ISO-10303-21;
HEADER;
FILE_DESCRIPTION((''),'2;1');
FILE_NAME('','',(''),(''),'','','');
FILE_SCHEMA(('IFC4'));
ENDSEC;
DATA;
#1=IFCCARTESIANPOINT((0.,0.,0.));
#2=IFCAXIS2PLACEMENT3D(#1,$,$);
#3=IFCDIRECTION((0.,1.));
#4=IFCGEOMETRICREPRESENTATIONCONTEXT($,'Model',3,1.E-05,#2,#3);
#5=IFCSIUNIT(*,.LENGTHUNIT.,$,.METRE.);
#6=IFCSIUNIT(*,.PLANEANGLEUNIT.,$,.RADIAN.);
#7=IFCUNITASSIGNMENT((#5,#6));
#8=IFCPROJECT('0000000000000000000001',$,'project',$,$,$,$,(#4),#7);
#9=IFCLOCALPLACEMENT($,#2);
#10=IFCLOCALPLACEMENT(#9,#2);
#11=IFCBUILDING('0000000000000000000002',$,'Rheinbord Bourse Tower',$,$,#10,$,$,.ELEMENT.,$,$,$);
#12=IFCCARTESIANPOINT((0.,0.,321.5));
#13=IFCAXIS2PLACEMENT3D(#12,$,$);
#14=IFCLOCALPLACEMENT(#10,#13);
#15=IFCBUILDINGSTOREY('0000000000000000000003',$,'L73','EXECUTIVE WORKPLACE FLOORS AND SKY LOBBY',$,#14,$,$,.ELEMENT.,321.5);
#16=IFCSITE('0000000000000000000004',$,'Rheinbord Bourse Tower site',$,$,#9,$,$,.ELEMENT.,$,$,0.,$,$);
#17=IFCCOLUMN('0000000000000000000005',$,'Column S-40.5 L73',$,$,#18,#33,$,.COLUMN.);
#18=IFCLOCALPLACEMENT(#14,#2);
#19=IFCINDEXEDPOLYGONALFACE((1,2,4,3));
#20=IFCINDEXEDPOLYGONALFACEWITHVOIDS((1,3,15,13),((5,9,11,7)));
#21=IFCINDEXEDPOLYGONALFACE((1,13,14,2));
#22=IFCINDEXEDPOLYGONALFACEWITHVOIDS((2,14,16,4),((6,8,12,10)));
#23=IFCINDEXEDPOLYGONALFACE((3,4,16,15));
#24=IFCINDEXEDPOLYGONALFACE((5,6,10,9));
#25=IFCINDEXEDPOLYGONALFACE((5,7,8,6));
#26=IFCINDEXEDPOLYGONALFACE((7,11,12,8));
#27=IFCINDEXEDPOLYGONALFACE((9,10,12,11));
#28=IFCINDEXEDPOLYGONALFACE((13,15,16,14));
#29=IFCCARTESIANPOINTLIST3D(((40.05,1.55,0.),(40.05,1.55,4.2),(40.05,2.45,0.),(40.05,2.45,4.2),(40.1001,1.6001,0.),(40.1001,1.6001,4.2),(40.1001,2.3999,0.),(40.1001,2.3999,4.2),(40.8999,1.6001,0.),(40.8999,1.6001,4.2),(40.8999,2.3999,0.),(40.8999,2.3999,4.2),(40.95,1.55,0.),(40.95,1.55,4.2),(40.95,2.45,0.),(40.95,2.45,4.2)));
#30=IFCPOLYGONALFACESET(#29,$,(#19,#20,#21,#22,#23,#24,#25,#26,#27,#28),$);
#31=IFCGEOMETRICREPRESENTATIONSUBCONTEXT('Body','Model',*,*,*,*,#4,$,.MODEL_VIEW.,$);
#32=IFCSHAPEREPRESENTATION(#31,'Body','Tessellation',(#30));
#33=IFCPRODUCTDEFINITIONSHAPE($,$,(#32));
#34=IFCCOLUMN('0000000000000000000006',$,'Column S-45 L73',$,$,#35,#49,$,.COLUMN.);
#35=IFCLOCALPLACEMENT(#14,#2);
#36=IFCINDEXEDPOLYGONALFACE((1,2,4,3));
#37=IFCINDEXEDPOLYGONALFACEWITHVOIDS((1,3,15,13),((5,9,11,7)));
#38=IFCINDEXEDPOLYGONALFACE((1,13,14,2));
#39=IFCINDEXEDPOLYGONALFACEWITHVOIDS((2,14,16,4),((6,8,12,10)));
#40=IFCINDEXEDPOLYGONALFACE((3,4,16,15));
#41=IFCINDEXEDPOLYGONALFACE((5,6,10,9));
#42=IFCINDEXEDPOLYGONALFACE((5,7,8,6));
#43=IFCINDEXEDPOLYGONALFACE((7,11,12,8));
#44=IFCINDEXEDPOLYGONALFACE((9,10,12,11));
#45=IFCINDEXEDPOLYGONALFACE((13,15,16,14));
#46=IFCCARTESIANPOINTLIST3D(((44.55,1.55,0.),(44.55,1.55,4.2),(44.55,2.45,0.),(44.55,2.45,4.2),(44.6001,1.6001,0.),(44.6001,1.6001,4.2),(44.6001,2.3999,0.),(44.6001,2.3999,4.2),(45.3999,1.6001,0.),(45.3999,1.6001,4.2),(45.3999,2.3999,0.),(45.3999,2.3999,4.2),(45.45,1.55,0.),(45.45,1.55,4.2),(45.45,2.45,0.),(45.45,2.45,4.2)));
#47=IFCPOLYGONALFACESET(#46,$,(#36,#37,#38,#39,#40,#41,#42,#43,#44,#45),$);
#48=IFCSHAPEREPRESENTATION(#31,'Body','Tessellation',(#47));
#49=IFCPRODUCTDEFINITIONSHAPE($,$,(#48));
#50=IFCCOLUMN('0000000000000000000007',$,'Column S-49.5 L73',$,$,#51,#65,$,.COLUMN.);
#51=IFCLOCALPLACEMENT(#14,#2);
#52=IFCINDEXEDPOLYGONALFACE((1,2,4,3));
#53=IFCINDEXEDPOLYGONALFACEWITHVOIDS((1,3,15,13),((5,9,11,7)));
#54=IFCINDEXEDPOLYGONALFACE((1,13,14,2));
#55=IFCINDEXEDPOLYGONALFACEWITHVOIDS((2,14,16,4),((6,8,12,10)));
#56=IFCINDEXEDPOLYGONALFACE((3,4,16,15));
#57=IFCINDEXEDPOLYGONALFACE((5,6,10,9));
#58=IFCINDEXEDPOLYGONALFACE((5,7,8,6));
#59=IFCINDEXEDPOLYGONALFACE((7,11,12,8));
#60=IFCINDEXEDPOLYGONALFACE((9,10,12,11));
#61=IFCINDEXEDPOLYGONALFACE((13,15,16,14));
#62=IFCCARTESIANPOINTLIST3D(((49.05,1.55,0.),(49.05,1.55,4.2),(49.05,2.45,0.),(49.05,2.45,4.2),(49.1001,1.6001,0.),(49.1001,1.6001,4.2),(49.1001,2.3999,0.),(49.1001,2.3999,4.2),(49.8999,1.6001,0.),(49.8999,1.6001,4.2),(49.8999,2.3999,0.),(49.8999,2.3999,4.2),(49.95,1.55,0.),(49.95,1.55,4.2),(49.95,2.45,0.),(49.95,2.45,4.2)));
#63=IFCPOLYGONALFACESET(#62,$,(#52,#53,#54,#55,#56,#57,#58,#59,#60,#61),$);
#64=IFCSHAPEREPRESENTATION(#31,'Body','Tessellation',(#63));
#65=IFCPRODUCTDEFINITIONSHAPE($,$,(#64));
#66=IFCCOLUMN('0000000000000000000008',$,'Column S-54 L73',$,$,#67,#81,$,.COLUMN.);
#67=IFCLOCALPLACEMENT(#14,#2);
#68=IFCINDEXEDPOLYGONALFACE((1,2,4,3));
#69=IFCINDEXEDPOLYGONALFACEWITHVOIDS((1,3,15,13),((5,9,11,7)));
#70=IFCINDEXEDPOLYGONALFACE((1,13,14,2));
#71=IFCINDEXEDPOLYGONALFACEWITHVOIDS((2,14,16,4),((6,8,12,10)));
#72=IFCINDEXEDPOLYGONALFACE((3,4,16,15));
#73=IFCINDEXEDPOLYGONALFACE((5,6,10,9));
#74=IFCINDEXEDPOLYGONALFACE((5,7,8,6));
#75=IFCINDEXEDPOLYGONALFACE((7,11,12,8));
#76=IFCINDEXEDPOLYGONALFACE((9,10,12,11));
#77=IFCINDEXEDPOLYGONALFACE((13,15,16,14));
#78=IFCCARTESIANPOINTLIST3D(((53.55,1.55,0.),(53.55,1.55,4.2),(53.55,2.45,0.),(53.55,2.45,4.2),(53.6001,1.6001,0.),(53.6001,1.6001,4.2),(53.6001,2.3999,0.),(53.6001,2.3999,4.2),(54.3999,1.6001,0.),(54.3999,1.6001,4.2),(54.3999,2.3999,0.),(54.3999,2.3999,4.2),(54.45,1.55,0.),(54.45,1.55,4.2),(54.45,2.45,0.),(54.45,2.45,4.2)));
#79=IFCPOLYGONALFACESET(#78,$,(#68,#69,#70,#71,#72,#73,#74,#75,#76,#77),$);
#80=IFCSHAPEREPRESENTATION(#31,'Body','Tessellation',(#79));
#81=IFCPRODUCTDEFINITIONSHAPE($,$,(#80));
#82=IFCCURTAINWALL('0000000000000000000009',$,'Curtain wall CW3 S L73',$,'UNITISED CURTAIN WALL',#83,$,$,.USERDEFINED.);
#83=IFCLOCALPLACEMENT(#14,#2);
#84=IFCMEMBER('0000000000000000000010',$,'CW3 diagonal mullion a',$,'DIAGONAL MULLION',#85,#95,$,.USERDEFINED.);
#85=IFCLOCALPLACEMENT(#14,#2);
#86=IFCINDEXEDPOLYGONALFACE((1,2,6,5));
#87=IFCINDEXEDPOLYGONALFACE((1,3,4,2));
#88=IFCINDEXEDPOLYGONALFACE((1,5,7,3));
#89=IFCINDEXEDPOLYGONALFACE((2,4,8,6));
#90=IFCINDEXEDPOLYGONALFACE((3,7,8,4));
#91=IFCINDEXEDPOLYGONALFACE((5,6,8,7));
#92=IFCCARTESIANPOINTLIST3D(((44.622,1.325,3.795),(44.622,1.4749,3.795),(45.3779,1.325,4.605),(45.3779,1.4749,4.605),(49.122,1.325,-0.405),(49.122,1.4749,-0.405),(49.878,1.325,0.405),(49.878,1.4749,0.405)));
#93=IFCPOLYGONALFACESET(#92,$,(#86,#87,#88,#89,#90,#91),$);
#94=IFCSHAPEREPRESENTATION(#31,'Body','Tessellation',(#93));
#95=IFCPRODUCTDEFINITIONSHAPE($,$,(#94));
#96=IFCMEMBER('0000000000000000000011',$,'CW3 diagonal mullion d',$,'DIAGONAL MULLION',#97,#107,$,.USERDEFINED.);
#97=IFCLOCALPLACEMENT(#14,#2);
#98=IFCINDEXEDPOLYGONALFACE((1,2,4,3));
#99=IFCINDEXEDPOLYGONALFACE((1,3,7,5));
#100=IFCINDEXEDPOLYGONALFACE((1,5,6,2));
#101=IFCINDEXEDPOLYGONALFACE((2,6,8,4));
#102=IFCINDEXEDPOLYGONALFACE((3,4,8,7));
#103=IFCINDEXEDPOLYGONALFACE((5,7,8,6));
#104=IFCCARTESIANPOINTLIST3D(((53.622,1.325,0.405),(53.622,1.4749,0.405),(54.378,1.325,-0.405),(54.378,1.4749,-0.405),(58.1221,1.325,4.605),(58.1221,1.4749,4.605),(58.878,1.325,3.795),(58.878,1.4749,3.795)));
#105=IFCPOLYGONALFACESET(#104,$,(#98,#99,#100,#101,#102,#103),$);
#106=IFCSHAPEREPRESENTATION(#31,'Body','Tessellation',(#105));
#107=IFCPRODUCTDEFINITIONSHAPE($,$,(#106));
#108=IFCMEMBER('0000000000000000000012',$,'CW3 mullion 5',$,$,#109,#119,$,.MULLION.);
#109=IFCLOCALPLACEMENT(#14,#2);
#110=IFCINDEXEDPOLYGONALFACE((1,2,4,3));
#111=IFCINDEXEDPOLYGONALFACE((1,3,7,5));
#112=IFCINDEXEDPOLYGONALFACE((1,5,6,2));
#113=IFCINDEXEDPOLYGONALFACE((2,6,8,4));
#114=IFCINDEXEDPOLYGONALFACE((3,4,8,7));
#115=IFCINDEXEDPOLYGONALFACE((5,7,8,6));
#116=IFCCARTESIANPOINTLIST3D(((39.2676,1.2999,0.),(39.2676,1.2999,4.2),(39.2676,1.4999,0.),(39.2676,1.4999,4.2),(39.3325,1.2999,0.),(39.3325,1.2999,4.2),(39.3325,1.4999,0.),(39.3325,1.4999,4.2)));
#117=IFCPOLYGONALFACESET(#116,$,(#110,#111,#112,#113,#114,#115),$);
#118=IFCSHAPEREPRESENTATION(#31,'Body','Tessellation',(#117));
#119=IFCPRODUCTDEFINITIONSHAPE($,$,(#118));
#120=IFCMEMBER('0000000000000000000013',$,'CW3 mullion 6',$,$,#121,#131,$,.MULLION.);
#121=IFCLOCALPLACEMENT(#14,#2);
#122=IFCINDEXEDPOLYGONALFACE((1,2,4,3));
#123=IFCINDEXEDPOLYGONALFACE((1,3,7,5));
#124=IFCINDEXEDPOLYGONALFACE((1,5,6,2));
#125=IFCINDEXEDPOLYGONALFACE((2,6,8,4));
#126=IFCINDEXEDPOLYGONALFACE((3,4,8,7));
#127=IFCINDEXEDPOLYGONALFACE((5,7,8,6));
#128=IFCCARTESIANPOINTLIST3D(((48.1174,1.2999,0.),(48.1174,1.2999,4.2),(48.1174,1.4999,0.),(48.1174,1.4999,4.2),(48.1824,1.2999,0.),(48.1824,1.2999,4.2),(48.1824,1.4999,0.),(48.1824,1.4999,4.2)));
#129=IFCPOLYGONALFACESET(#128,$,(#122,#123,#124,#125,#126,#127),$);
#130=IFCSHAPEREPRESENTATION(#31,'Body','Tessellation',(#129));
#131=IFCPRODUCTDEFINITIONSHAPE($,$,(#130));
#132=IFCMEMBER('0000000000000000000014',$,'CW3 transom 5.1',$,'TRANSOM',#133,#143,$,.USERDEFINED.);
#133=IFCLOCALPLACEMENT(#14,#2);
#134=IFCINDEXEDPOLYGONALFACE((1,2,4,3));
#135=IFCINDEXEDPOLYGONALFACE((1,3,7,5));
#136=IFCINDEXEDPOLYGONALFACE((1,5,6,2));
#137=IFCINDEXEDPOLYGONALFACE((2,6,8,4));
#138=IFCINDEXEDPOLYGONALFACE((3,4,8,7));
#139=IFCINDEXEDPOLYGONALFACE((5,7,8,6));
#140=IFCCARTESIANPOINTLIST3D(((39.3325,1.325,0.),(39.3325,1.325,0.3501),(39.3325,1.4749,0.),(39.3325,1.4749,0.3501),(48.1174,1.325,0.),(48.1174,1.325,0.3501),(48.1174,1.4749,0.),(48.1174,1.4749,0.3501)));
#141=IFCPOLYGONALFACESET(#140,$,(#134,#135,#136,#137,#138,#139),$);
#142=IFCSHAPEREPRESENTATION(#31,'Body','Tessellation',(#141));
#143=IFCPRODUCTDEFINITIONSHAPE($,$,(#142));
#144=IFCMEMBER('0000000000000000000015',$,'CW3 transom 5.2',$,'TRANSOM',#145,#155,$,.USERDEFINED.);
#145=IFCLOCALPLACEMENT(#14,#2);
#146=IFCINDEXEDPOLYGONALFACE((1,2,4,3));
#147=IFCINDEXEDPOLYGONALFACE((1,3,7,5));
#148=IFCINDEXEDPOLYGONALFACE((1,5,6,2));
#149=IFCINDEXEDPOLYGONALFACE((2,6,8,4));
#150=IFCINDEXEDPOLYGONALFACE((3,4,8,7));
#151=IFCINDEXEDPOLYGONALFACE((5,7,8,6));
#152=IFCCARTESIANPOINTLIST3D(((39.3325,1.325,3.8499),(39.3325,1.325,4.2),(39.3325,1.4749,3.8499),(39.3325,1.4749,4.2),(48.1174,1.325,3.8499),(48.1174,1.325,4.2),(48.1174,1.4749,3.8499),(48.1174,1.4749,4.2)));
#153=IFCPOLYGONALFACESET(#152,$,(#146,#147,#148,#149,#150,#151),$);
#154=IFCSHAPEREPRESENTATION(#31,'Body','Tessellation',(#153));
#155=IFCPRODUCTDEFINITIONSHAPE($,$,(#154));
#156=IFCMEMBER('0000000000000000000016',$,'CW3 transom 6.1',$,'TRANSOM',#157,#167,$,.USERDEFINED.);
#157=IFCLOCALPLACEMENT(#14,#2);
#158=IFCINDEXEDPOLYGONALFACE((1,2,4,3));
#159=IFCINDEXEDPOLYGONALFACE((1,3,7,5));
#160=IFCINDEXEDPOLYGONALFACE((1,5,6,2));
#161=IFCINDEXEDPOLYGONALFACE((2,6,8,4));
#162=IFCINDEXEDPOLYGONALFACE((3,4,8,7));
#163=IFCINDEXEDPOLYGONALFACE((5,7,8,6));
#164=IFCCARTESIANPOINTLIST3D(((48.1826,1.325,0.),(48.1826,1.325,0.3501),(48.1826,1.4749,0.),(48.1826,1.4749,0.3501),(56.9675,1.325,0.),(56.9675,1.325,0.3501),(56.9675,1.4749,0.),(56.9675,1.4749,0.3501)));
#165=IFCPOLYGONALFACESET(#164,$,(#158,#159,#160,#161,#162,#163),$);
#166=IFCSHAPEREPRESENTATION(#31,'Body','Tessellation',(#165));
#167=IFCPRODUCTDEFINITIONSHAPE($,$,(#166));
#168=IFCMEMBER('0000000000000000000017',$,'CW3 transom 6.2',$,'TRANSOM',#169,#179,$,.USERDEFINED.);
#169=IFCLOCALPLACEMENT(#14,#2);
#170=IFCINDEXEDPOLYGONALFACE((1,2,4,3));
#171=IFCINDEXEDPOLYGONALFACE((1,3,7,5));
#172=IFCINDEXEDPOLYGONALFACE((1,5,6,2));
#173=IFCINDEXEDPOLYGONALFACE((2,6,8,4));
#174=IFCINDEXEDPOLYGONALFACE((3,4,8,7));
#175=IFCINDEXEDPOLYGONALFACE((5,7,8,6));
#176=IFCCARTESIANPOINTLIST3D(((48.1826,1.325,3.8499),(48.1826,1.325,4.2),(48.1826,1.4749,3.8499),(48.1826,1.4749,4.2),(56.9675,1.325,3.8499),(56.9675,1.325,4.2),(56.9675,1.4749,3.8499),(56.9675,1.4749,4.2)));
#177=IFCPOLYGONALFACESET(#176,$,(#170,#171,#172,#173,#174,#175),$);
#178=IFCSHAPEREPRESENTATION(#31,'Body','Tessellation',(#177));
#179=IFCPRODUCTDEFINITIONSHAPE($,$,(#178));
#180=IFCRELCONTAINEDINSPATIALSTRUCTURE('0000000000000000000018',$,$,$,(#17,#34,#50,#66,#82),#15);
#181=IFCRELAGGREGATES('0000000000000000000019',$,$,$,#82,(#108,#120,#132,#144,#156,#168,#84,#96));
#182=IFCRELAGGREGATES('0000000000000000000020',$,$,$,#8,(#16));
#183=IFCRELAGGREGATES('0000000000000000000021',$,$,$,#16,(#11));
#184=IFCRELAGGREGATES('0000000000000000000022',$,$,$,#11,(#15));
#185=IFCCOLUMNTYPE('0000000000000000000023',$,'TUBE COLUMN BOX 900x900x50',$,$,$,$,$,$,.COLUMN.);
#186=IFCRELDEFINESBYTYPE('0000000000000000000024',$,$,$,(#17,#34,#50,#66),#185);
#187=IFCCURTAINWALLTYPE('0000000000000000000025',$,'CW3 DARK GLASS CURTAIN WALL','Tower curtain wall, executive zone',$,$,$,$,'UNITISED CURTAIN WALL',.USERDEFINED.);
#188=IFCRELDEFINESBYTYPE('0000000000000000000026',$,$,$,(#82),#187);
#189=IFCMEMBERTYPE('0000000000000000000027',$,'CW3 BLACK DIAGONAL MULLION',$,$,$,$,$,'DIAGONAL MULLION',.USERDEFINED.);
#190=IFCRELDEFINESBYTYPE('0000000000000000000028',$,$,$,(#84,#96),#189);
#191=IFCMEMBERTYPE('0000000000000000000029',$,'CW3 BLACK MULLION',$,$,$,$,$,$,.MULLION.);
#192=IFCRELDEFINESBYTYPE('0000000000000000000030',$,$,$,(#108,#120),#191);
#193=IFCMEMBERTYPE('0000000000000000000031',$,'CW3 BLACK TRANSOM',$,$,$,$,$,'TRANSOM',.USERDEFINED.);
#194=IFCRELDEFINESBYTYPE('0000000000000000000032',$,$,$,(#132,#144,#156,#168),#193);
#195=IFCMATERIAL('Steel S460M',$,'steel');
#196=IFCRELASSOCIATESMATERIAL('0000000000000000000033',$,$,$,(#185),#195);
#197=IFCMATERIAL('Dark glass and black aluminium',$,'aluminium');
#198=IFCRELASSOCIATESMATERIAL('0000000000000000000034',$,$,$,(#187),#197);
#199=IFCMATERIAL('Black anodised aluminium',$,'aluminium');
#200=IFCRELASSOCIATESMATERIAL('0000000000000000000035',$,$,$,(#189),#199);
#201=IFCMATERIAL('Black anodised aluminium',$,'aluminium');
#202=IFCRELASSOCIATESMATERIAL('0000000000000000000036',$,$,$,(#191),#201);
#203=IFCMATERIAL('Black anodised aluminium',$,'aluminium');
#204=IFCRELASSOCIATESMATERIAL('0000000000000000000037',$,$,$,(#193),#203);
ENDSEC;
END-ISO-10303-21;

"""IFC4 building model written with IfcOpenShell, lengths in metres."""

from ifc_helpers import new_model, si_unit, direction, frame, origin, origin_2d, place, context, subcontext, project, spatial, rectangle, hollow_rectangle, extrude, material, material_profile, profile_set, type_object, element, aggregate, save


model = new_model("IFC4")

# Units and contexts
model_context = context("Model", 3, precision=1e-05, world=origin(), true_north=direction((0.0, 1.0)))
body_context = subcontext(model_context, "Body", "Model", "MODEL_VIEW")
ifc_project = project(units=[si_unit("LENGTHUNIT", "METRE"), si_unit("PLANEANGLEUNIT", "RADIAN")], contexts=[model_context])

# Site, building, storey
site_placement = place(None, origin())
site = spatial("IfcSite", under=ifc_project, at=site_placement, Name="Rheinbord Bourse Tower site", CompositionType="ELEMENT", RefElevation=0.0)
building_placement = place(site_placement, origin())
building = spatial("IfcBuilding", under=site, at=building_placement, Name="Rheinbord Bourse Tower", CompositionType="ELEMENT")
storey_placement = place(building_placement, frame((0.0, 0.0, 321.5)))
storey = spatial("IfcBuildingStorey", under=building, at=storey_placement, Name="L73", Description="EXECUTIVE WORKPLACE FLOORS AND SKY LOBBY", CompositionType="ELEMENT", Elevation=321.5)

# Columns
ifc_material_1 = material(Name="Steel S460M", Category="steel")
ifc_material_profile_1 = material_profile(ifc_material_1, hollow_rectangle(XDim=0.8999, YDim=0.8999, WallThickness=0.05, at=origin_2d()), Name="BOX 900x900x50")
ifc_profile_set_1 = profile_set([ifc_material_profile_1], Name="Steel S460M")
column_type = type_object("IfcColumnType", Name="TUBE COLUMN BOX 900x900x50", PredefinedType="COLUMN", material=ifc_profile_set_1)
for number, where, z_axis, x_axis, name in (
    (1, (40.5, 2.0, 0.0), (0.0, 0.0, 1.0), (0.0, 1.0, 0.0), "Column S-40.5 L73"),
    (2, (45.0, 2.0, 0.0), (0.0, 0.0, 1.0), (0.0, 1.0, 0.0), "Column S-45 L73"),
    (3, (49.5, 2.0, 0.0), (0.0, 0.0, 1.0), (0.0, 1.0, 0.0), "Column S-49.5 L73"),
    (4, (54.0, 2.0, 0.0), (0.0, 0.0, 1.0), (0.0, 1.0, 0.0), "Column S-54 L73"),
):
    element("IfcColumn", number, at=place(storey_placement, frame(where, z_axis=z_axis, x_axis=x_axis)), inside=storey, type_object=column_type, Name=name, PredefinedType="COLUMN", context=body_context, shape_type="SweptSolid", body=[
        extrude(hollow_rectangle(XDim=0.8999, YDim=0.8999, WallThickness=0.05, at=origin_2d()), origin(), (0.0, 0.0, 1.0), 4.2),
    ])

# Curtain wall, members
ifc_material_2 = material(Name="Dark glass and black aluminium", Category="aluminium")
curtain_wall_type = type_object("IfcCurtainWallType", Name="CW3 DARK GLASS CURTAIN WALL", Description="Tower curtain wall, executive zone", ElementType="UNITISED CURTAIN WALL", PredefinedType="USERDEFINED", material=ifc_material_2)
curtain_wall_placement = place(storey_placement, origin())
curtain_wall = element("IfcCurtainWall", 5, at=curtain_wall_placement, inside=storey, type_object=curtain_wall_type, Name="Curtain wall CW3 S L73", ObjectType="UNITISED CURTAIN WALL", PredefinedType="USERDEFINED")
ifc_material_3 = material(Name="Black anodised aluminium", Category="aluminium")
ifc_material_profile_2 = material_profile(ifc_material_3, rectangle(XDim=0.1499, YDim=1.1079, at=origin_2d()), Name="CW3 DIAGONAL MULLION 1108x150")
ifc_profile_set_2 = profile_set([ifc_material_profile_2], Name="Black anodised aluminium")
member_type_1 = type_object("IfcMemberType", Name="CW3 BLACK DIAGONAL MULLION", ElementType="DIAGONAL MULLION", PredefinedType="USERDEFINED", material=ifc_profile_set_2)
member_1_placement = place(storey_placement, frame((49.5, 1.3999, 0.0), z_axis=(-0.731059, 0.0, 0.682314), x_axis=(0.0, -1.0, 0.0)))
member_1 = element("IfcMember", 6, at=member_1_placement, type_object=member_type_1, Name="CW3 diagonal mullion a", ObjectType="DIAGONAL MULLION", PredefinedType="USERDEFINED", context=body_context, shape_type="SweptSolid", body=[
    extrude(rectangle(XDim=0.1499, YDim=1.1079, at=origin_2d()), origin(), (0.0, 0.0, 1.0), 6.1555),
])
member_2_placement = place(storey_placement, frame((54.0, 1.3999, 0.0), z_axis=(0.731059, 0.0, 0.682314), x_axis=(0.0, 1.0, 0.0)))
member_2 = element("IfcMember", 7, at=member_2_placement, type_object=member_type_1, Name="CW3 diagonal mullion d", ObjectType="DIAGONAL MULLION", PredefinedType="USERDEFINED", context=body_context, shape_type="SweptSolid", body=[
    extrude(rectangle(XDim=0.1499, YDim=1.1079, at=origin_2d()), origin(), (0.0, 0.0, 1.0), 6.1555),
])
ifc_material_4 = material(Name="Black anodised aluminium", Category="aluminium")
ifc_material_profile_3 = material_profile(ifc_material_4, rectangle(XDim=0.2, YDim=0.0649, at=origin_2d()), Name="CW3 MULLION 65x200")
ifc_profile_set_3 = profile_set([ifc_material_profile_3], Name="Black anodised aluminium")
member_type_2 = type_object("IfcMemberType", Name="CW3 BLACK MULLION", PredefinedType="MULLION", material=ifc_profile_set_3)
member_3_placement = place(storey_placement, frame((39.3, 1.3999, 0.0), z_axis=(0.0, 0.0, 1.0), x_axis=(0.0, 1.0, 0.0)))
member_3 = element("IfcMember", 8, at=member_3_placement, type_object=member_type_2, Name="CW3 mullion 5", PredefinedType="MULLION", context=body_context, shape_type="SweptSolid", body=[
    extrude(rectangle(XDim=0.2, YDim=0.0649, at=origin_2d()), origin(), (0.0, 0.0, 1.0), 4.2),
])
member_4_placement = place(storey_placement, frame((48.1499, 1.3999, 0.0), z_axis=(0.0, 0.0, 1.0), x_axis=(0.0, 1.0, 0.0)))
member_4 = element("IfcMember", 9, at=member_4_placement, type_object=member_type_2, Name="CW3 mullion 6", PredefinedType="MULLION", context=body_context, shape_type="SweptSolid", body=[
    extrude(rectangle(XDim=0.2, YDim=0.0649, at=origin_2d()), origin(), (0.0, 0.0, 1.0), 4.2),
])
ifc_material_5 = material(Name="Black anodised aluminium", Category="aluminium")
ifc_material_profile_4 = material_profile(ifc_material_5, rectangle(XDim=0.1499, YDim=0.3501, at=origin_2d()), Name="CW3 TRANSOM 350x150")
ifc_profile_set_4 = profile_set([ifc_material_profile_4], Name="Black anodised aluminium")
member_type_3 = type_object("IfcMemberType", Name="CW3 BLACK TRANSOM", ElementType="TRANSOM", PredefinedType="USERDEFINED", material=ifc_profile_set_4)
member_5_placement = place(storey_placement, frame((39.3325, 1.3999, 0.175), z_axis=(1.0, 0.0, 0.0), x_axis=(0.0, 1.0, 0.0)))
member_5 = element("IfcMember", 10, at=member_5_placement, type_object=member_type_3, Name="CW3 transom 5.1", ObjectType="TRANSOM", PredefinedType="USERDEFINED", context=body_context, shape_type="SweptSolid", body=[
    extrude(rectangle(XDim=0.1499, YDim=0.3501, at=origin_2d()), origin(), (0.0, 0.0, 1.0), 8.7849),
])
member_6_placement = place(storey_placement, frame((39.3325, 1.3999, 4.0249), z_axis=(1.0, 0.0, 0.0), x_axis=(0.0, 1.0, 0.0)))
member_6 = element("IfcMember", 11, at=member_6_placement, type_object=member_type_3, Name="CW3 transom 5.2", ObjectType="TRANSOM", PredefinedType="USERDEFINED", context=body_context, shape_type="SweptSolid", body=[
    extrude(rectangle(XDim=0.1499, YDim=0.3501, at=origin_2d()), origin(), (0.0, 0.0, 1.0), 8.7849),
])
member_7_placement = place(storey_placement, frame((48.1826, 1.3999, 0.175), z_axis=(1.0, 0.0, 0.0), x_axis=(0.0, 1.0, 0.0)))
member_7 = element("IfcMember", 12, at=member_7_placement, type_object=member_type_3, Name="CW3 transom 6.1", ObjectType="TRANSOM", PredefinedType="USERDEFINED", context=body_context, shape_type="SweptSolid", body=[
    extrude(rectangle(XDim=0.1499, YDim=0.3501, at=origin_2d()), origin(), (0.0, 0.0, 1.0), 8.7849),
])
member_8_placement = place(storey_placement, frame((48.1826, 1.3999, 4.0249), z_axis=(1.0, 0.0, 0.0), x_axis=(0.0, 1.0, 0.0)))
member_8 = element("IfcMember", 13, at=member_8_placement, type_object=member_type_3, Name="CW3 transom 6.2", ObjectType="TRANSOM", PredefinedType="USERDEFINED", context=body_context, shape_type="SweptSolid", body=[
    extrude(rectangle(XDim=0.1499, YDim=0.3501, at=origin_2d()), origin(), (0.0, 0.0, 1.0), 8.7849),
])

aggregate(curtain_wall, [member_3, member_4, member_5, member_6, member_7, member_8, member_1, member_2])

save(model, "model.ifc")
